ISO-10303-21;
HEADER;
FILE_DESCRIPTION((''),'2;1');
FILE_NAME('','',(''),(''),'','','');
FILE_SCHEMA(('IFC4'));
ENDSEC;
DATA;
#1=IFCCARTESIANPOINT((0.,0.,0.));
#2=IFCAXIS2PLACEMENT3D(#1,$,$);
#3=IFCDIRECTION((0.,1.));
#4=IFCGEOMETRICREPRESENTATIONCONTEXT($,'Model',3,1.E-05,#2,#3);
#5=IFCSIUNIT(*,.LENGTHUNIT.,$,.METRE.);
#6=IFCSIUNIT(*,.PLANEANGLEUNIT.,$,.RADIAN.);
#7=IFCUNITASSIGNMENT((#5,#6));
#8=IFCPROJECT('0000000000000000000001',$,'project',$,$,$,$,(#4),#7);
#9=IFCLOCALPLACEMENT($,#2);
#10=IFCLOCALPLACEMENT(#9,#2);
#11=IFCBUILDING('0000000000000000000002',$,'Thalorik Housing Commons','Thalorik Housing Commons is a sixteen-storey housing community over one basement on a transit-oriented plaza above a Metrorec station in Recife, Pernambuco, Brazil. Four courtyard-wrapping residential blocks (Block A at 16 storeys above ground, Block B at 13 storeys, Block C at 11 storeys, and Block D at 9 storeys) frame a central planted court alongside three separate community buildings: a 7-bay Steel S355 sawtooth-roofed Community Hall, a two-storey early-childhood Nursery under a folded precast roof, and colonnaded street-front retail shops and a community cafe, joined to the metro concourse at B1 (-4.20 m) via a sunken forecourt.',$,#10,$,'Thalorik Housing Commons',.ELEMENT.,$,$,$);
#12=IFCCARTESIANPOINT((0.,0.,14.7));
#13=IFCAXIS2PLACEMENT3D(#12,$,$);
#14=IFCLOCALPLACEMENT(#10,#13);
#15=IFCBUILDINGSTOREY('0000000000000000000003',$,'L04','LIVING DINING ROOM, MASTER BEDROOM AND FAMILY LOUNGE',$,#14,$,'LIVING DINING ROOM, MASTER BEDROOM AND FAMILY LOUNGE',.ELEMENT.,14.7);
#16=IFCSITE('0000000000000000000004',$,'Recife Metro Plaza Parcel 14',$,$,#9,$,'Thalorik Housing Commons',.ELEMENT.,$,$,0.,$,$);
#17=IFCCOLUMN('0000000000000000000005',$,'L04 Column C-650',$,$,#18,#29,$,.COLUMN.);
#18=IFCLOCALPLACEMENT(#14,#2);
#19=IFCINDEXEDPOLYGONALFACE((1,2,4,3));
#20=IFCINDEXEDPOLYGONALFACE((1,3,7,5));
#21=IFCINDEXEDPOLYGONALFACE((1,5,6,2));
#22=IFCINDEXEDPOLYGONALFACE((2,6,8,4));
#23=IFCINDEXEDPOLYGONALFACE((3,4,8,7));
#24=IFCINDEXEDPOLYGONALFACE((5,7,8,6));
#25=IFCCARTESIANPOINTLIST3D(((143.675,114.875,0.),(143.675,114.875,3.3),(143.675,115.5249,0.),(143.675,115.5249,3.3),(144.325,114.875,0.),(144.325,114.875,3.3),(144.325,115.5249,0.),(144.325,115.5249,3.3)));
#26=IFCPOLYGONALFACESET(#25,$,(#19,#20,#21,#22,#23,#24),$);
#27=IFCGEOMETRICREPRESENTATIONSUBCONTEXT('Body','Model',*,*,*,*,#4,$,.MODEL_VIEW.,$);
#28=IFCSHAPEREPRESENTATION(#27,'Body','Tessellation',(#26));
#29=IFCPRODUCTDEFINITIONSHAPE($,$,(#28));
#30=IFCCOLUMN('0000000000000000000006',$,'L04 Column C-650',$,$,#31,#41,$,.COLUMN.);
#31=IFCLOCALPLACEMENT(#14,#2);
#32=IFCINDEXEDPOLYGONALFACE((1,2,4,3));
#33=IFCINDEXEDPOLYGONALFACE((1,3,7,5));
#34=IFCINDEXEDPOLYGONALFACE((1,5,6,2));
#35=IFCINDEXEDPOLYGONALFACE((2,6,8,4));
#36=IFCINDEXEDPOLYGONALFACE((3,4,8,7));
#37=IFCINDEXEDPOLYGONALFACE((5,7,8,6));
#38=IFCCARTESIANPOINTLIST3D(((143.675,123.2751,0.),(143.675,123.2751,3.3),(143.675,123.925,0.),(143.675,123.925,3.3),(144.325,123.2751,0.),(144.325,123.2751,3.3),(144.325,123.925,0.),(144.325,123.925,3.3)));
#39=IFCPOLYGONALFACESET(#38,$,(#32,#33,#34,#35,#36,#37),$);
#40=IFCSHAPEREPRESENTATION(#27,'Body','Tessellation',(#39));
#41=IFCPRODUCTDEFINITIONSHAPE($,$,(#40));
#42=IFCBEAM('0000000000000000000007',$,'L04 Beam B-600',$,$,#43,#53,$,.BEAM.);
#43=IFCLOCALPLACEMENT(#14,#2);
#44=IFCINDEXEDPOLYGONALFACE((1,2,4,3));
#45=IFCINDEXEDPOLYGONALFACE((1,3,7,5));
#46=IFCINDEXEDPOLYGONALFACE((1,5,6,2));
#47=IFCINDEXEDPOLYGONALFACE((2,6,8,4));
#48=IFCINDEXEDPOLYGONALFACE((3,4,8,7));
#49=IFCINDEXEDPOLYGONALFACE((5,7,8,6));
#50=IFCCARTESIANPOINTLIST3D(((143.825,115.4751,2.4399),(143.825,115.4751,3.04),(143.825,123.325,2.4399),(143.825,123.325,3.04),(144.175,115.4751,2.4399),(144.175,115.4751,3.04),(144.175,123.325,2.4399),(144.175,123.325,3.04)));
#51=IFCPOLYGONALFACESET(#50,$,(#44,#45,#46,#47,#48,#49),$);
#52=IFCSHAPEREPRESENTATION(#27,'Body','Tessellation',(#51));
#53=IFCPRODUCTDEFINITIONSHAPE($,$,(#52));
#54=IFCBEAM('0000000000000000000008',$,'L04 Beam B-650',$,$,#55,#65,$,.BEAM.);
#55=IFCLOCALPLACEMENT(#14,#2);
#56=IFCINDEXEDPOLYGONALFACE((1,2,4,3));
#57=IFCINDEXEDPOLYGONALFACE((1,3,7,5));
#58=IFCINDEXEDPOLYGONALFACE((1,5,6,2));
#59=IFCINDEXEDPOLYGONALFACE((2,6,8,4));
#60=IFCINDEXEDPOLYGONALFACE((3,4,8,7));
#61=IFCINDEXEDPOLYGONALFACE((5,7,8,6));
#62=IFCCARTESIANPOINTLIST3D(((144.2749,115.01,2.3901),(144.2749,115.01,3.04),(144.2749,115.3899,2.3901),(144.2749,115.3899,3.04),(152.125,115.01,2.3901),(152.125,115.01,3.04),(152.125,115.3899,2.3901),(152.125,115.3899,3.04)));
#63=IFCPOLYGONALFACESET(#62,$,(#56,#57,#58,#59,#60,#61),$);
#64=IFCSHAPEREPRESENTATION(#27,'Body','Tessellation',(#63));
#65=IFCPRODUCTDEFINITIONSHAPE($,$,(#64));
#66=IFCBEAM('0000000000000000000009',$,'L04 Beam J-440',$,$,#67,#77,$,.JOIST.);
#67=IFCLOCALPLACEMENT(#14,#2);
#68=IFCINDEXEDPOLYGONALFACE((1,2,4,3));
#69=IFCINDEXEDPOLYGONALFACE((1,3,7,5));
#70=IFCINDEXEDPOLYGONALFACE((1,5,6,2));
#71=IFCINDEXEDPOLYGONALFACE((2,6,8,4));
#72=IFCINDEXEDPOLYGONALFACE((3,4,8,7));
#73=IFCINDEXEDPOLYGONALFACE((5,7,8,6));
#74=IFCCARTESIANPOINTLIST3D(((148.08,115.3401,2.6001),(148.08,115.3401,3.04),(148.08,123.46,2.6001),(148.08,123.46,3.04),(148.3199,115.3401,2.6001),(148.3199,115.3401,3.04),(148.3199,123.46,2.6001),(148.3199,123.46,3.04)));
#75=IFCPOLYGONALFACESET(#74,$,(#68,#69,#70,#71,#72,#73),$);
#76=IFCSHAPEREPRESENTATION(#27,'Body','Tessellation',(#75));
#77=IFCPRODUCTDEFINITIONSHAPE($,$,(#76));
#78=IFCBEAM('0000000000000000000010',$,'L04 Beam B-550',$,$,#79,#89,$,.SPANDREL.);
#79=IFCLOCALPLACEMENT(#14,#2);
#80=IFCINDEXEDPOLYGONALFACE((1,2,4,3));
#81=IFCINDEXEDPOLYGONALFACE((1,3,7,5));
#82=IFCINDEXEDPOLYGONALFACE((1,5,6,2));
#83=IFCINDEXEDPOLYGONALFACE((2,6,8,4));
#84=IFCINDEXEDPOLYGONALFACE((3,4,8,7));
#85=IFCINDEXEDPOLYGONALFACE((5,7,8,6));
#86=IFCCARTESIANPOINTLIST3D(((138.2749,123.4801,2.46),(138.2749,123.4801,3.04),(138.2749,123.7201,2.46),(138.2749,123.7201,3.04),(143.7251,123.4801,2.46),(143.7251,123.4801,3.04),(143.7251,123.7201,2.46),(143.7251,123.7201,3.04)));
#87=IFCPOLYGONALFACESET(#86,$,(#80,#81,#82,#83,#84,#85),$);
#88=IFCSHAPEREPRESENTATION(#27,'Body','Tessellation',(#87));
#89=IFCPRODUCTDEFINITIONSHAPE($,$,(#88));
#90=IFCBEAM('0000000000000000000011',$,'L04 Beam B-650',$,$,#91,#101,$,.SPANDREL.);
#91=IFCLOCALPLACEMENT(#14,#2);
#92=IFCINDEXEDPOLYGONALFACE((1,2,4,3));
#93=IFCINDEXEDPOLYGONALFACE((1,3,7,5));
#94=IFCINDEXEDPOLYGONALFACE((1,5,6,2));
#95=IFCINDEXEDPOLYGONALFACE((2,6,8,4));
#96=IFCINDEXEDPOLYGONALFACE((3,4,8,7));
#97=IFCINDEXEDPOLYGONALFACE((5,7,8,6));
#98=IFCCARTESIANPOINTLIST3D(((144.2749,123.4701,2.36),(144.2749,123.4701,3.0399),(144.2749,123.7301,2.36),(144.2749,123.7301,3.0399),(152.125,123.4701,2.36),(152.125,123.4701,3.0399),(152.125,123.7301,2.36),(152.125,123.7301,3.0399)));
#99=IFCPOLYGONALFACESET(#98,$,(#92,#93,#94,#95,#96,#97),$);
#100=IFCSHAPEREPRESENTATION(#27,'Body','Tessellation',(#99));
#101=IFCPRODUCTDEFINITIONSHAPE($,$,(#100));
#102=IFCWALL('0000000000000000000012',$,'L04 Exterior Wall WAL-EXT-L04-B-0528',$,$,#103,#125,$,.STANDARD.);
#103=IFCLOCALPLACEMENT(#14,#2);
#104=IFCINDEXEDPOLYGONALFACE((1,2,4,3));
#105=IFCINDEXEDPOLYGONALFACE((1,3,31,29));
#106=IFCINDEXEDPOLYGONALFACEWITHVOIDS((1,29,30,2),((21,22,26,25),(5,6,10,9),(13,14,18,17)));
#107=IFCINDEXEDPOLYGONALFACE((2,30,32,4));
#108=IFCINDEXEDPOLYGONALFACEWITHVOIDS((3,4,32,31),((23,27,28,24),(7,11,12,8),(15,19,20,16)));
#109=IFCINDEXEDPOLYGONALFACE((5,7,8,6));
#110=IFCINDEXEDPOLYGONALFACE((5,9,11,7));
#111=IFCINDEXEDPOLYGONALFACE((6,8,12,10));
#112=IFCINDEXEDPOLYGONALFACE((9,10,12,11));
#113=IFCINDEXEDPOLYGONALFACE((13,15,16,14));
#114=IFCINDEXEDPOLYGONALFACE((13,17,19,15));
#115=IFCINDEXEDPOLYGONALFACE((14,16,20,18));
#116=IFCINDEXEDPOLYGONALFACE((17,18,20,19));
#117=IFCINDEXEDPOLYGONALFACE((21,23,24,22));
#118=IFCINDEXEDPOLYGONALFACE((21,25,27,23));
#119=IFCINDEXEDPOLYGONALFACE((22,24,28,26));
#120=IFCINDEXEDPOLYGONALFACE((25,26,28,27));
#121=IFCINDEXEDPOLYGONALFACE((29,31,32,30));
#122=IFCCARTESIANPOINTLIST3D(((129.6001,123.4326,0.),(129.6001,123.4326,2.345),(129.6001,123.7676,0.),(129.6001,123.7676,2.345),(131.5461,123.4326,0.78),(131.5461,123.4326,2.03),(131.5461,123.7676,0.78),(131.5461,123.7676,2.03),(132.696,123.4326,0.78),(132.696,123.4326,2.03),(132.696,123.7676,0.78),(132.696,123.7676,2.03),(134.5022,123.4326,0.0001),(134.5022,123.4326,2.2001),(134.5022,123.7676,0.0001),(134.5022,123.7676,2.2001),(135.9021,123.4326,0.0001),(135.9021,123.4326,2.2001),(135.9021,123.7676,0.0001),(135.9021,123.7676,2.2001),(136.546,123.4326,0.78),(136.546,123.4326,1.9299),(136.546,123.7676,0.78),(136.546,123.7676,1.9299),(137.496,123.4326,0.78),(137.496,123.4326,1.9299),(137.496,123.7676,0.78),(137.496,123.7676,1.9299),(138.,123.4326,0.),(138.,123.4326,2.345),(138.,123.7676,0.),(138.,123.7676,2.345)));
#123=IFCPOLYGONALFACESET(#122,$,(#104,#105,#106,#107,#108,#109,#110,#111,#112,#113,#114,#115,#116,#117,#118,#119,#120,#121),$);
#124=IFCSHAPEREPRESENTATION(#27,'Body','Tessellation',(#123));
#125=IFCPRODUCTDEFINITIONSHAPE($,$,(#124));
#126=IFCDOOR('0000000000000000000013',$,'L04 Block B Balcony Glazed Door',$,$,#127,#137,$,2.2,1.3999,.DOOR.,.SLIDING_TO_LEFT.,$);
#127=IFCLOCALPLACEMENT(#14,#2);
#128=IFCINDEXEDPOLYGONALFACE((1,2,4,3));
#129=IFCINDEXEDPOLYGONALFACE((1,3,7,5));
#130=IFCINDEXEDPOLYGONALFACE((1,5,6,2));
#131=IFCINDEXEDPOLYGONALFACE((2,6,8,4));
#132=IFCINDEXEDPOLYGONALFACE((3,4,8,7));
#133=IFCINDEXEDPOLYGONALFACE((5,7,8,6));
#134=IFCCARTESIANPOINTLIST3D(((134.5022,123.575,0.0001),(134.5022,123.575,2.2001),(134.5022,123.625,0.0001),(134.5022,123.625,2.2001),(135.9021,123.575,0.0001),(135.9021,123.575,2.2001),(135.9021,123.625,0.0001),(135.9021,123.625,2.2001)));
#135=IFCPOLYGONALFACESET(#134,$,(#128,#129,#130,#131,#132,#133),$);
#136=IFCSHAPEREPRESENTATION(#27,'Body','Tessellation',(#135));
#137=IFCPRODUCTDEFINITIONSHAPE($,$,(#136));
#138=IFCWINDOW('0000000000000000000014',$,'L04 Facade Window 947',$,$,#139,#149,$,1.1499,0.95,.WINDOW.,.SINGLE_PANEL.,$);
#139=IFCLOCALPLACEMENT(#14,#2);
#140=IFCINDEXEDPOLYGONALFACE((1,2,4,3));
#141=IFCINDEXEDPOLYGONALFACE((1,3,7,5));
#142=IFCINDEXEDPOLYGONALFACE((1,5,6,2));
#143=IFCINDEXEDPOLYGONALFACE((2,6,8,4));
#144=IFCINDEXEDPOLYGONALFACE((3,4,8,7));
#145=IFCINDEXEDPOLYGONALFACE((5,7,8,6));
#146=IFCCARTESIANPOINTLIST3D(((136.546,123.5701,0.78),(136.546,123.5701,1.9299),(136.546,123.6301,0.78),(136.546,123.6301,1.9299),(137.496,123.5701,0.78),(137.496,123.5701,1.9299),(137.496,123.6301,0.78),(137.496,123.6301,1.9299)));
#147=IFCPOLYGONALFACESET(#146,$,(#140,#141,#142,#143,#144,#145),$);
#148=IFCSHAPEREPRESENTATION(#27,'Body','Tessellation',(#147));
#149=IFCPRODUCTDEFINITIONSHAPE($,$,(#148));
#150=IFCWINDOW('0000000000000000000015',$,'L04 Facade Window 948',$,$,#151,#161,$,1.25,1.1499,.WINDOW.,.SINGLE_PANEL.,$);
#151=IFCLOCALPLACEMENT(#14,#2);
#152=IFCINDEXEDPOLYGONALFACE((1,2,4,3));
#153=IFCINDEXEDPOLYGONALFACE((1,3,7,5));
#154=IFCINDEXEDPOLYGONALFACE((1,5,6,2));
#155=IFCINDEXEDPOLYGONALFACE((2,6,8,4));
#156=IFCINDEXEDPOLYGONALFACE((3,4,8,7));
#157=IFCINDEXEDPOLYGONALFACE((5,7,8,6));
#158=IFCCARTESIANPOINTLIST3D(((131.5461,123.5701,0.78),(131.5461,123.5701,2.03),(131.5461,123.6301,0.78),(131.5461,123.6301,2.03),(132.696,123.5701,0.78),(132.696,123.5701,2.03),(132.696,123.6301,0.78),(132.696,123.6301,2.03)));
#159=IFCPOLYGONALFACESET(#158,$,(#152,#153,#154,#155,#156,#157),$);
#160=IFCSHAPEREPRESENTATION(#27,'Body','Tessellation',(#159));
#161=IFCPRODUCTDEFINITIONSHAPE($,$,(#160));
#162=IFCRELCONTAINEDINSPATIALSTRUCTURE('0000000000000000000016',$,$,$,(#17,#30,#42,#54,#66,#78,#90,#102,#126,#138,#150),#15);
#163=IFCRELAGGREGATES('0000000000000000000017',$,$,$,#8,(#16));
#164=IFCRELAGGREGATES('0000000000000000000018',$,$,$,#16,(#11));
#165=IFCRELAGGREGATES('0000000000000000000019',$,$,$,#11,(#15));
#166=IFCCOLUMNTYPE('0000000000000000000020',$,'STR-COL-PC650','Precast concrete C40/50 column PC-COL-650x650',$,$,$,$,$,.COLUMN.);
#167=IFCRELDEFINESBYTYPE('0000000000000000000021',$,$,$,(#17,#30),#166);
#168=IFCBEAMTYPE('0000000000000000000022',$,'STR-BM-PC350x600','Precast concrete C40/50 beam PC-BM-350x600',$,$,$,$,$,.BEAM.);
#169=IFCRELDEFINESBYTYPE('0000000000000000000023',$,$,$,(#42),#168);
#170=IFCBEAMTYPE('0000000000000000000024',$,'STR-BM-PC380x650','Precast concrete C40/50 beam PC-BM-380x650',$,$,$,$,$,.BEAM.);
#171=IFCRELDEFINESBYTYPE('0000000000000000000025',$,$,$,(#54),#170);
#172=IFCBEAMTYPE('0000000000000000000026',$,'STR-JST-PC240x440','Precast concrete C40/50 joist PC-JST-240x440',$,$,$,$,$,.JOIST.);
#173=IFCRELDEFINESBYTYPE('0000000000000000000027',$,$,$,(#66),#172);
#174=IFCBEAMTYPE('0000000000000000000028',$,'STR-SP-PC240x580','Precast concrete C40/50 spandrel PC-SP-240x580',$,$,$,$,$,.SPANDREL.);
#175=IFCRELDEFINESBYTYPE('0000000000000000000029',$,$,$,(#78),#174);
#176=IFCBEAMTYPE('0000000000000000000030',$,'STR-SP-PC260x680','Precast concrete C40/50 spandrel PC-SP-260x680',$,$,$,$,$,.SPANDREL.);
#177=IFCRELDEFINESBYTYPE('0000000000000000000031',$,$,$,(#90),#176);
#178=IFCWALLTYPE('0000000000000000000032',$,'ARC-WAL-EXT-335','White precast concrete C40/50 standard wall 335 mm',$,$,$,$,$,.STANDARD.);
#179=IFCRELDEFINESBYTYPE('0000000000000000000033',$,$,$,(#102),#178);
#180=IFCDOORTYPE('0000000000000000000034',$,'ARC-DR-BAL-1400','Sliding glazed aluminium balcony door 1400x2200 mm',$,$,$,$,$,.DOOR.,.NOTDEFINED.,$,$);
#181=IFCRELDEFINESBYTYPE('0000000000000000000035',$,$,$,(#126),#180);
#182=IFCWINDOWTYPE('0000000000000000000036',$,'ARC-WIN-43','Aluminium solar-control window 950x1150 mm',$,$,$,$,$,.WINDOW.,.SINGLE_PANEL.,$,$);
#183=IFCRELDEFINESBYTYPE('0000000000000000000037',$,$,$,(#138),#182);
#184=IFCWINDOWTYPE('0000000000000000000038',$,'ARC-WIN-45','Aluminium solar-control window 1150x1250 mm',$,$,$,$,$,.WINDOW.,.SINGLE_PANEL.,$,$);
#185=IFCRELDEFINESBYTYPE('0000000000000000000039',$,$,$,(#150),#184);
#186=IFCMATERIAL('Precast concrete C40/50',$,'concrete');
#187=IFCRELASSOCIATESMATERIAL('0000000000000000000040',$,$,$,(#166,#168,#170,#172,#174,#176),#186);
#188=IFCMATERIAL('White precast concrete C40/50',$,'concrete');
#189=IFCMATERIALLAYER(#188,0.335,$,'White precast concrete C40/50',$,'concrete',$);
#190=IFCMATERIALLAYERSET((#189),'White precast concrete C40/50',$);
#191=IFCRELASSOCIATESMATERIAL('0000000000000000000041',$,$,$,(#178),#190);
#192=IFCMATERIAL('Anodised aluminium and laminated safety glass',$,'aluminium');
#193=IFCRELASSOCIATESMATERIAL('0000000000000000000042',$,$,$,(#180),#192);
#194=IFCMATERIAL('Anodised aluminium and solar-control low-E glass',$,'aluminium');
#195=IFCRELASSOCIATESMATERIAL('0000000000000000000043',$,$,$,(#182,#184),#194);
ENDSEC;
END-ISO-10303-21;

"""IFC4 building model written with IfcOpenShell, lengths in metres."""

from ifc_helpers import new_model, si_unit, direction, frame, frame_2d, origin, origin_2d, place, context, subcontext, project, spatial, rectangle, extrude, material, layer, layer_set, material_profile, profile_set, type_object, element, fill, save


model = new_model("IFC4")

# Units and contexts
model_context = context("Model", 3, precision=1e-05, world=origin(), true_north=direction((0.0, 1.0)))
body_context = subcontext(model_context, "Body", "Model", "MODEL_VIEW")
ifc_project = project(units=[si_unit("LENGTHUNIT", "METRE"), si_unit("PLANEANGLEUNIT", "RADIAN")], contexts=[model_context])

# Site, building, storey
site_placement = place(None, origin())
site = spatial("IfcSite", under=ifc_project, at=site_placement, Name="Recife Metro Plaza Parcel 14", LongName="Thalorik Housing Commons", CompositionType="ELEMENT", RefElevation=0.0)
building_placement = place(site_placement, origin())
building = spatial("IfcBuilding", under=site, at=building_placement, Name="Thalorik Housing Commons", Description="Thalorik Housing Commons is a sixteen-storey housing community over one basement on a transit-oriented plaza above a Metrorec station in Recife, Pernambuco, Brazil. Four courtyard-wrapping residential blocks (Block A at 16 storeys above ground, Block B at 13 storeys, Block C at 11 storeys, and Block D at 9 storeys) frame a central planted court alongside three separate community buildings: a 7-bay Steel S355 sawtooth-roofed Community Hall, a two-storey early-childhood Nursery under a folded precast roof, and colonnaded street-front retail shops and a community cafe, joined to the metro concourse at B1 (-4.20 m) via a sunken forecourt.", LongName="Thalorik Housing Commons", CompositionType="ELEMENT")
storey_placement = place(building_placement, frame((0.0, 0.0, 14.7)))
storey = spatial("IfcBuildingStorey", under=building, at=storey_placement, Name="L04", Description="LIVING DINING ROOM, MASTER BEDROOM AND FAMILY LOUNGE", LongName="LIVING DINING ROOM, MASTER BEDROOM AND FAMILY LOUNGE", CompositionType="ELEMENT", Elevation=14.7)

# Columns
ifc_material_1 = material(Name="Precast concrete C40/50", Category="concrete")
ifc_material_profile_1 = material_profile(ifc_material_1, rectangle(XDim=0.6499, YDim=0.6499, at=origin_2d()), Name="PC 650x650", Category="concrete")
ifc_profile_set_1 = profile_set([ifc_material_profile_1], Name="Precast concrete C40/50")
column_type = type_object("IfcColumnType", Name="STR-COL-PC650", Description="Precast concrete C40/50 column PC-COL-650x650", PredefinedType="COLUMN", material=ifc_profile_set_1)
for number, where, z_axis, x_axis, name in (
    (1, (144.0, 115.2, 0.0), (0.0, 0.0, 1.0), (1.0, 0.0, 0.0), "L04 Column C-650"),
    (2, (144.0, 123.6001, 0.0), (0.0, 0.0, 1.0), (1.0, 0.0, 0.0), "L04 Column C-650"),
):
    element("IfcColumn", number, at=place(storey_placement, frame(where, z_axis=z_axis, x_axis=x_axis)), inside=storey, type_object=column_type, Name=name, PredefinedType="COLUMN", context=body_context, shape_type="SweptSolid", body=[
        extrude(rectangle(XDim=0.6499, YDim=0.6499, at=origin_2d()), origin(), (0.0, 0.0, 1.0), 3.3),
    ])

# Beams
ifc_material_profile_2 = material_profile(ifc_material_1, rectangle(XDim=0.3501, YDim=0.6001, at=origin_2d()), Name="PC 350x600", Category="concrete")
ifc_profile_set_2 = profile_set([ifc_material_profile_2], Name="Precast concrete C40/50")
beam_type_1 = type_object("IfcBeamType", Name="STR-BM-PC350x600", Description="Precast concrete C40/50 beam PC-BM-350x600", PredefinedType="BEAM", material=ifc_profile_set_2)
beam_1_placement = place(storey_placement, frame((144.0, 115.4751, 2.74), z_axis=(0.0, 1.0, 0.0), x_axis=(-1.0, 0.0, 0.0)))
element("IfcBeam", 3, at=beam_1_placement, inside=storey, type_object=beam_type_1, Name="L04 Beam B-600", PredefinedType="BEAM", context=body_context, shape_type="SweptSolid", body=[
    extrude(rectangle(XDim=0.3501, YDim=0.6001, at=origin_2d()), origin(), (0.0, 0.0, 1.0), 7.8499),
])
ifc_material_profile_3 = material_profile(ifc_material_1, rectangle(XDim=0.3799, YDim=0.6499, at=origin_2d()), Name="PC 380x650", Category="concrete")
ifc_profile_set_3 = profile_set([ifc_material_profile_3], Name="Precast concrete C40/50")
beam_type_2 = type_object("IfcBeamType", Name="STR-BM-PC380x650", Description="Precast concrete C40/50 beam PC-BM-380x650", PredefinedType="BEAM", material=ifc_profile_set_3)
beam_2_placement = place(storey_placement, frame((144.2749, 115.2, 2.7151), z_axis=(1.0, 0.0, 0.0), x_axis=(0.0, 1.0, 0.0)))
element("IfcBeam", 4, at=beam_2_placement, inside=storey, type_object=beam_type_2, Name="L04 Beam B-650", PredefinedType="BEAM", context=body_context, shape_type="SweptSolid", body=[
    extrude(rectangle(XDim=0.3799, YDim=0.6499, at=origin_2d()), origin(), (0.0, 0.0, 1.0), 7.8501),
])
ifc_material_profile_4 = material_profile(ifc_material_1, rectangle(XDim=0.24, YDim=0.4399, at=origin_2d()), Name="PC JST 240x440", Category="concrete")
ifc_profile_set_4 = profile_set([ifc_material_profile_4], Name="Precast concrete C40/50")
beam_type_3 = type_object("IfcBeamType", Name="STR-JST-PC240x440", Description="Precast concrete C40/50 joist PC-JST-240x440", PredefinedType="JOIST", material=ifc_profile_set_4)
beam_3_placement = place(storey_placement, frame((148.2, 115.3401, 2.8201), z_axis=(0.0, 1.0, 0.0), x_axis=(-1.0, 0.0, 0.0)))
element("IfcBeam", 5, at=beam_3_placement, inside=storey, type_object=beam_type_3, Name="L04 Beam J-440", PredefinedType="JOIST", context=body_context, shape_type="SweptSolid", body=[
    extrude(rectangle(XDim=0.24, YDim=0.4399, at=origin_2d()), origin(), (0.0, 0.0, 1.0), 8.1199),
])
ifc_material_profile_5 = material_profile(ifc_material_1, rectangle(XDim=0.24, YDim=0.5801, at=origin_2d()), Name="PC SP 240x580", Category="concrete")
ifc_profile_set_5 = profile_set([ifc_material_profile_5], Name="Precast concrete C40/50")
beam_type_4 = type_object("IfcBeamType", Name="STR-SP-PC240x580", Description="Precast concrete C40/50 spandrel PC-SP-240x580", PredefinedType="SPANDREL", material=ifc_profile_set_5)
beam_4_placement = place(storey_placement, frame((138.2749, 123.6001, 2.75), z_axis=(1.0, 0.0, 0.0), x_axis=(0.0, 1.0, 0.0)))
element("IfcBeam", 6, at=beam_4_placement, inside=storey, type_object=beam_type_4, Name="L04 Beam B-550", PredefinedType="SPANDREL", context=body_context, shape_type="SweptSolid", body=[
    extrude(rectangle(XDim=0.24, YDim=0.5801, at=origin_2d()), origin(), (0.0, 0.0, 1.0), 5.4502),
])
ifc_material_profile_6 = material_profile(ifc_material_1, rectangle(XDim=0.26, YDim=0.6799, at=origin_2d()), Name="PC SP 260x680", Category="concrete")
ifc_profile_set_6 = profile_set([ifc_material_profile_6], Name="Precast concrete C40/50")
beam_type_5 = type_object("IfcBeamType", Name="STR-SP-PC260x680", Description="Precast concrete C40/50 spandrel PC-SP-260x680", PredefinedType="SPANDREL", material=ifc_profile_set_6)
beam_5_placement = place(storey_placement, frame((144.2749, 123.6001, 2.7), z_axis=(1.0, 0.0, 0.0), x_axis=(0.0, 1.0, 0.0)))
element("IfcBeam", 7, at=beam_5_placement, inside=storey, type_object=beam_type_5, Name="L04 Beam B-650", PredefinedType="SPANDREL", context=body_context, shape_type="SweptSolid", body=[
    extrude(rectangle(XDim=0.26, YDim=0.6799, at=origin_2d()), origin(), (0.0, 0.0, 1.0), 7.8501),
])

# Shared definitions
ifc_material_2 = material(Name="White precast concrete C40/50", Category="concrete")
ifc_layer_1 = layer(ifc_material_2, 0.335, Name="White precast concrete C40/50", Category="concrete")
ifc_layer_set_1 = layer_set([ifc_layer_1], Name="White precast concrete C40/50")
wall_type = type_object("IfcWallType", Name="ARC-WAL-EXT-335", Description="White precast concrete C40/50 standard wall 335 mm", PredefinedType="STANDARD", material=ifc_layer_set_1)
ifc_material_3 = material(Name="Anodised aluminium and laminated safety glass", Category="aluminium")
ifc_material_4 = material(Name="Anodised aluminium and solar-control low-E glass", Category="aluminium")

# Wall, openings, door, windows
wall_1_placement = place(storey_placement, frame((138.0, 123.6001, 0.0), z_axis=(0.0, 0.0, 1.0), x_axis=(-1.0, 0.0, 0.0)))
wall_1 = element("IfcWall", 8, at=wall_1_placement, inside=storey, type_object=wall_type, Name="L04 Exterior Wall WAL-EXT-L04-B-0528", PredefinedType="STANDARD", context=body_context, shape_type="SweptSolid", body=[
    extrude(rectangle(XDim=8.3999, YDim=0.335, at=frame_2d((4.2, 0.0))), origin(), (0.0, 0.0, 1.0), 2.345),
])
opening_1_placement = place(wall_1_placement, frame((2.0979, 0.0, 0.0)))
opening_1 = element("IfcOpeningElement", 9, at=opening_1_placement, cuts=wall_1, PredefinedType="OPENING", context=body_context, shape_type="SweptSolid", body=[
    extrude(rectangle(XDim=1.3999, YDim=2.2, at=frame_2d((0.7, 1.1001))), frame((0.0, 0.1775, 0.0), z_axis=(0.0, -1.0, 0.0), x_axis=(1.0, 0.0, 0.0)), (0.0, 0.0, 1.0), 0.355),
])
opening_2_placement = place(wall_1_placement, frame((0.5039, 0.0, 0.78)))
opening_2 = element("IfcOpeningElement", 10, at=opening_2_placement, cuts=wall_1, PredefinedType="OPENING", context=body_context, shape_type="SweptSolid", body=[
    extrude(rectangle(XDim=0.95, YDim=1.1499, at=frame_2d((0.4751, 0.575))), frame((0.0, 0.1775, 0.0), z_axis=(0.0, -1.0, 0.0), x_axis=(1.0, 0.0, 0.0)), (0.0, 0.0, 1.0), 0.355),
])
opening_3_placement = place(wall_1_placement, frame((5.304, 0.0, 0.78)))
opening_3 = element("IfcOpeningElement", 11, at=opening_3_placement, cuts=wall_1, PredefinedType="OPENING", context=body_context, shape_type="SweptSolid", body=[
    extrude(rectangle(XDim=1.1499, YDim=1.25, at=frame_2d((0.575, 0.625))), frame((0.0, 0.1775, 0.0), z_axis=(0.0, -1.0, 0.0), x_axis=(1.0, 0.0, 0.0)), (0.0, 0.0, 1.0), 0.355),
])
door_type_1 = type_object("IfcDoorType", Name="ARC-DR-BAL-1400", Description="Sliding glazed aluminium balcony door 1400x2200 mm", OperationType="NOTDEFINED", PredefinedType="DOOR", material=ifc_material_3)
door_1_placement = place(opening_1_placement, frame((1.3999, 0.0, 0.0), z_axis=(0.0, 0.0, 1.0), x_axis=(-1.0, 0.0, 0.0)))
door_1 = element("IfcDoor", 12, at=door_1_placement, inside=storey, type_object=door_type_1, Name="L04 Block B Balcony Glazed Door", OperationType="SLIDING_TO_LEFT", OverallHeight=2.2, OverallWidth=1.3999, PredefinedType="DOOR", context=body_context, shape_type="SweptSolid", body=[
    extrude(rectangle(XDim=1.3999, YDim=2.2, at=frame_2d((0.7, 1.1001))), frame((0.0, 0.0249, 0.0), z_axis=(0.0, -1.0, 0.0), x_axis=(1.0, 0.0, 0.0)), (0.0, 0.0, 1.0), 0.05),
])
fill(opening_1, door_1)
window_type_1 = type_object("IfcWindowType", Name="ARC-WIN-43", Description="Aluminium solar-control window 950x1150 mm", PartitioningType="SINGLE_PANEL", PredefinedType="WINDOW", material=ifc_material_4)
window_1_placement = place(opening_2_placement, origin())
window_1 = element("IfcWindow", 13, at=window_1_placement, inside=storey, type_object=window_type_1, Name="L04 Facade Window 947", OverallHeight=1.1499, OverallWidth=0.95, PartitioningType="SINGLE_PANEL", PredefinedType="WINDOW", context=body_context, shape_type="SweptSolid", body=[
    extrude(rectangle(XDim=0.95, YDim=1.1499, at=frame_2d((0.4751, 0.575))), frame((0.0, 0.03, 0.0), z_axis=(0.0, -1.0, 0.0), x_axis=(1.0, 0.0, 0.0)), (0.0, 0.0, 1.0), 0.0601),
])
fill(opening_2, window_1)
window_type_2 = type_object("IfcWindowType", Name="ARC-WIN-45", Description="Aluminium solar-control window 1150x1250 mm", PartitioningType="SINGLE_PANEL", PredefinedType="WINDOW", material=ifc_material_4)
window_2_placement = place(opening_3_placement, origin())
window_2 = element("IfcWindow", 14, at=window_2_placement, inside=storey, type_object=window_type_2, Name="L04 Facade Window 948", OverallHeight=1.25, OverallWidth=1.1499, PartitioningType="SINGLE_PANEL", PredefinedType="WINDOW", context=body_context, shape_type="SweptSolid", body=[
    extrude(rectangle(XDim=1.1499, YDim=1.25, at=frame_2d((0.575, 0.625))), frame((0.0, 0.03, 0.0), z_axis=(0.0, -1.0, 0.0), x_axis=(1.0, 0.0, 0.0)), (0.0, 0.0, 1.0), 0.0601),
])
fill(opening_3, window_2)

save(model, "model.ifc")
